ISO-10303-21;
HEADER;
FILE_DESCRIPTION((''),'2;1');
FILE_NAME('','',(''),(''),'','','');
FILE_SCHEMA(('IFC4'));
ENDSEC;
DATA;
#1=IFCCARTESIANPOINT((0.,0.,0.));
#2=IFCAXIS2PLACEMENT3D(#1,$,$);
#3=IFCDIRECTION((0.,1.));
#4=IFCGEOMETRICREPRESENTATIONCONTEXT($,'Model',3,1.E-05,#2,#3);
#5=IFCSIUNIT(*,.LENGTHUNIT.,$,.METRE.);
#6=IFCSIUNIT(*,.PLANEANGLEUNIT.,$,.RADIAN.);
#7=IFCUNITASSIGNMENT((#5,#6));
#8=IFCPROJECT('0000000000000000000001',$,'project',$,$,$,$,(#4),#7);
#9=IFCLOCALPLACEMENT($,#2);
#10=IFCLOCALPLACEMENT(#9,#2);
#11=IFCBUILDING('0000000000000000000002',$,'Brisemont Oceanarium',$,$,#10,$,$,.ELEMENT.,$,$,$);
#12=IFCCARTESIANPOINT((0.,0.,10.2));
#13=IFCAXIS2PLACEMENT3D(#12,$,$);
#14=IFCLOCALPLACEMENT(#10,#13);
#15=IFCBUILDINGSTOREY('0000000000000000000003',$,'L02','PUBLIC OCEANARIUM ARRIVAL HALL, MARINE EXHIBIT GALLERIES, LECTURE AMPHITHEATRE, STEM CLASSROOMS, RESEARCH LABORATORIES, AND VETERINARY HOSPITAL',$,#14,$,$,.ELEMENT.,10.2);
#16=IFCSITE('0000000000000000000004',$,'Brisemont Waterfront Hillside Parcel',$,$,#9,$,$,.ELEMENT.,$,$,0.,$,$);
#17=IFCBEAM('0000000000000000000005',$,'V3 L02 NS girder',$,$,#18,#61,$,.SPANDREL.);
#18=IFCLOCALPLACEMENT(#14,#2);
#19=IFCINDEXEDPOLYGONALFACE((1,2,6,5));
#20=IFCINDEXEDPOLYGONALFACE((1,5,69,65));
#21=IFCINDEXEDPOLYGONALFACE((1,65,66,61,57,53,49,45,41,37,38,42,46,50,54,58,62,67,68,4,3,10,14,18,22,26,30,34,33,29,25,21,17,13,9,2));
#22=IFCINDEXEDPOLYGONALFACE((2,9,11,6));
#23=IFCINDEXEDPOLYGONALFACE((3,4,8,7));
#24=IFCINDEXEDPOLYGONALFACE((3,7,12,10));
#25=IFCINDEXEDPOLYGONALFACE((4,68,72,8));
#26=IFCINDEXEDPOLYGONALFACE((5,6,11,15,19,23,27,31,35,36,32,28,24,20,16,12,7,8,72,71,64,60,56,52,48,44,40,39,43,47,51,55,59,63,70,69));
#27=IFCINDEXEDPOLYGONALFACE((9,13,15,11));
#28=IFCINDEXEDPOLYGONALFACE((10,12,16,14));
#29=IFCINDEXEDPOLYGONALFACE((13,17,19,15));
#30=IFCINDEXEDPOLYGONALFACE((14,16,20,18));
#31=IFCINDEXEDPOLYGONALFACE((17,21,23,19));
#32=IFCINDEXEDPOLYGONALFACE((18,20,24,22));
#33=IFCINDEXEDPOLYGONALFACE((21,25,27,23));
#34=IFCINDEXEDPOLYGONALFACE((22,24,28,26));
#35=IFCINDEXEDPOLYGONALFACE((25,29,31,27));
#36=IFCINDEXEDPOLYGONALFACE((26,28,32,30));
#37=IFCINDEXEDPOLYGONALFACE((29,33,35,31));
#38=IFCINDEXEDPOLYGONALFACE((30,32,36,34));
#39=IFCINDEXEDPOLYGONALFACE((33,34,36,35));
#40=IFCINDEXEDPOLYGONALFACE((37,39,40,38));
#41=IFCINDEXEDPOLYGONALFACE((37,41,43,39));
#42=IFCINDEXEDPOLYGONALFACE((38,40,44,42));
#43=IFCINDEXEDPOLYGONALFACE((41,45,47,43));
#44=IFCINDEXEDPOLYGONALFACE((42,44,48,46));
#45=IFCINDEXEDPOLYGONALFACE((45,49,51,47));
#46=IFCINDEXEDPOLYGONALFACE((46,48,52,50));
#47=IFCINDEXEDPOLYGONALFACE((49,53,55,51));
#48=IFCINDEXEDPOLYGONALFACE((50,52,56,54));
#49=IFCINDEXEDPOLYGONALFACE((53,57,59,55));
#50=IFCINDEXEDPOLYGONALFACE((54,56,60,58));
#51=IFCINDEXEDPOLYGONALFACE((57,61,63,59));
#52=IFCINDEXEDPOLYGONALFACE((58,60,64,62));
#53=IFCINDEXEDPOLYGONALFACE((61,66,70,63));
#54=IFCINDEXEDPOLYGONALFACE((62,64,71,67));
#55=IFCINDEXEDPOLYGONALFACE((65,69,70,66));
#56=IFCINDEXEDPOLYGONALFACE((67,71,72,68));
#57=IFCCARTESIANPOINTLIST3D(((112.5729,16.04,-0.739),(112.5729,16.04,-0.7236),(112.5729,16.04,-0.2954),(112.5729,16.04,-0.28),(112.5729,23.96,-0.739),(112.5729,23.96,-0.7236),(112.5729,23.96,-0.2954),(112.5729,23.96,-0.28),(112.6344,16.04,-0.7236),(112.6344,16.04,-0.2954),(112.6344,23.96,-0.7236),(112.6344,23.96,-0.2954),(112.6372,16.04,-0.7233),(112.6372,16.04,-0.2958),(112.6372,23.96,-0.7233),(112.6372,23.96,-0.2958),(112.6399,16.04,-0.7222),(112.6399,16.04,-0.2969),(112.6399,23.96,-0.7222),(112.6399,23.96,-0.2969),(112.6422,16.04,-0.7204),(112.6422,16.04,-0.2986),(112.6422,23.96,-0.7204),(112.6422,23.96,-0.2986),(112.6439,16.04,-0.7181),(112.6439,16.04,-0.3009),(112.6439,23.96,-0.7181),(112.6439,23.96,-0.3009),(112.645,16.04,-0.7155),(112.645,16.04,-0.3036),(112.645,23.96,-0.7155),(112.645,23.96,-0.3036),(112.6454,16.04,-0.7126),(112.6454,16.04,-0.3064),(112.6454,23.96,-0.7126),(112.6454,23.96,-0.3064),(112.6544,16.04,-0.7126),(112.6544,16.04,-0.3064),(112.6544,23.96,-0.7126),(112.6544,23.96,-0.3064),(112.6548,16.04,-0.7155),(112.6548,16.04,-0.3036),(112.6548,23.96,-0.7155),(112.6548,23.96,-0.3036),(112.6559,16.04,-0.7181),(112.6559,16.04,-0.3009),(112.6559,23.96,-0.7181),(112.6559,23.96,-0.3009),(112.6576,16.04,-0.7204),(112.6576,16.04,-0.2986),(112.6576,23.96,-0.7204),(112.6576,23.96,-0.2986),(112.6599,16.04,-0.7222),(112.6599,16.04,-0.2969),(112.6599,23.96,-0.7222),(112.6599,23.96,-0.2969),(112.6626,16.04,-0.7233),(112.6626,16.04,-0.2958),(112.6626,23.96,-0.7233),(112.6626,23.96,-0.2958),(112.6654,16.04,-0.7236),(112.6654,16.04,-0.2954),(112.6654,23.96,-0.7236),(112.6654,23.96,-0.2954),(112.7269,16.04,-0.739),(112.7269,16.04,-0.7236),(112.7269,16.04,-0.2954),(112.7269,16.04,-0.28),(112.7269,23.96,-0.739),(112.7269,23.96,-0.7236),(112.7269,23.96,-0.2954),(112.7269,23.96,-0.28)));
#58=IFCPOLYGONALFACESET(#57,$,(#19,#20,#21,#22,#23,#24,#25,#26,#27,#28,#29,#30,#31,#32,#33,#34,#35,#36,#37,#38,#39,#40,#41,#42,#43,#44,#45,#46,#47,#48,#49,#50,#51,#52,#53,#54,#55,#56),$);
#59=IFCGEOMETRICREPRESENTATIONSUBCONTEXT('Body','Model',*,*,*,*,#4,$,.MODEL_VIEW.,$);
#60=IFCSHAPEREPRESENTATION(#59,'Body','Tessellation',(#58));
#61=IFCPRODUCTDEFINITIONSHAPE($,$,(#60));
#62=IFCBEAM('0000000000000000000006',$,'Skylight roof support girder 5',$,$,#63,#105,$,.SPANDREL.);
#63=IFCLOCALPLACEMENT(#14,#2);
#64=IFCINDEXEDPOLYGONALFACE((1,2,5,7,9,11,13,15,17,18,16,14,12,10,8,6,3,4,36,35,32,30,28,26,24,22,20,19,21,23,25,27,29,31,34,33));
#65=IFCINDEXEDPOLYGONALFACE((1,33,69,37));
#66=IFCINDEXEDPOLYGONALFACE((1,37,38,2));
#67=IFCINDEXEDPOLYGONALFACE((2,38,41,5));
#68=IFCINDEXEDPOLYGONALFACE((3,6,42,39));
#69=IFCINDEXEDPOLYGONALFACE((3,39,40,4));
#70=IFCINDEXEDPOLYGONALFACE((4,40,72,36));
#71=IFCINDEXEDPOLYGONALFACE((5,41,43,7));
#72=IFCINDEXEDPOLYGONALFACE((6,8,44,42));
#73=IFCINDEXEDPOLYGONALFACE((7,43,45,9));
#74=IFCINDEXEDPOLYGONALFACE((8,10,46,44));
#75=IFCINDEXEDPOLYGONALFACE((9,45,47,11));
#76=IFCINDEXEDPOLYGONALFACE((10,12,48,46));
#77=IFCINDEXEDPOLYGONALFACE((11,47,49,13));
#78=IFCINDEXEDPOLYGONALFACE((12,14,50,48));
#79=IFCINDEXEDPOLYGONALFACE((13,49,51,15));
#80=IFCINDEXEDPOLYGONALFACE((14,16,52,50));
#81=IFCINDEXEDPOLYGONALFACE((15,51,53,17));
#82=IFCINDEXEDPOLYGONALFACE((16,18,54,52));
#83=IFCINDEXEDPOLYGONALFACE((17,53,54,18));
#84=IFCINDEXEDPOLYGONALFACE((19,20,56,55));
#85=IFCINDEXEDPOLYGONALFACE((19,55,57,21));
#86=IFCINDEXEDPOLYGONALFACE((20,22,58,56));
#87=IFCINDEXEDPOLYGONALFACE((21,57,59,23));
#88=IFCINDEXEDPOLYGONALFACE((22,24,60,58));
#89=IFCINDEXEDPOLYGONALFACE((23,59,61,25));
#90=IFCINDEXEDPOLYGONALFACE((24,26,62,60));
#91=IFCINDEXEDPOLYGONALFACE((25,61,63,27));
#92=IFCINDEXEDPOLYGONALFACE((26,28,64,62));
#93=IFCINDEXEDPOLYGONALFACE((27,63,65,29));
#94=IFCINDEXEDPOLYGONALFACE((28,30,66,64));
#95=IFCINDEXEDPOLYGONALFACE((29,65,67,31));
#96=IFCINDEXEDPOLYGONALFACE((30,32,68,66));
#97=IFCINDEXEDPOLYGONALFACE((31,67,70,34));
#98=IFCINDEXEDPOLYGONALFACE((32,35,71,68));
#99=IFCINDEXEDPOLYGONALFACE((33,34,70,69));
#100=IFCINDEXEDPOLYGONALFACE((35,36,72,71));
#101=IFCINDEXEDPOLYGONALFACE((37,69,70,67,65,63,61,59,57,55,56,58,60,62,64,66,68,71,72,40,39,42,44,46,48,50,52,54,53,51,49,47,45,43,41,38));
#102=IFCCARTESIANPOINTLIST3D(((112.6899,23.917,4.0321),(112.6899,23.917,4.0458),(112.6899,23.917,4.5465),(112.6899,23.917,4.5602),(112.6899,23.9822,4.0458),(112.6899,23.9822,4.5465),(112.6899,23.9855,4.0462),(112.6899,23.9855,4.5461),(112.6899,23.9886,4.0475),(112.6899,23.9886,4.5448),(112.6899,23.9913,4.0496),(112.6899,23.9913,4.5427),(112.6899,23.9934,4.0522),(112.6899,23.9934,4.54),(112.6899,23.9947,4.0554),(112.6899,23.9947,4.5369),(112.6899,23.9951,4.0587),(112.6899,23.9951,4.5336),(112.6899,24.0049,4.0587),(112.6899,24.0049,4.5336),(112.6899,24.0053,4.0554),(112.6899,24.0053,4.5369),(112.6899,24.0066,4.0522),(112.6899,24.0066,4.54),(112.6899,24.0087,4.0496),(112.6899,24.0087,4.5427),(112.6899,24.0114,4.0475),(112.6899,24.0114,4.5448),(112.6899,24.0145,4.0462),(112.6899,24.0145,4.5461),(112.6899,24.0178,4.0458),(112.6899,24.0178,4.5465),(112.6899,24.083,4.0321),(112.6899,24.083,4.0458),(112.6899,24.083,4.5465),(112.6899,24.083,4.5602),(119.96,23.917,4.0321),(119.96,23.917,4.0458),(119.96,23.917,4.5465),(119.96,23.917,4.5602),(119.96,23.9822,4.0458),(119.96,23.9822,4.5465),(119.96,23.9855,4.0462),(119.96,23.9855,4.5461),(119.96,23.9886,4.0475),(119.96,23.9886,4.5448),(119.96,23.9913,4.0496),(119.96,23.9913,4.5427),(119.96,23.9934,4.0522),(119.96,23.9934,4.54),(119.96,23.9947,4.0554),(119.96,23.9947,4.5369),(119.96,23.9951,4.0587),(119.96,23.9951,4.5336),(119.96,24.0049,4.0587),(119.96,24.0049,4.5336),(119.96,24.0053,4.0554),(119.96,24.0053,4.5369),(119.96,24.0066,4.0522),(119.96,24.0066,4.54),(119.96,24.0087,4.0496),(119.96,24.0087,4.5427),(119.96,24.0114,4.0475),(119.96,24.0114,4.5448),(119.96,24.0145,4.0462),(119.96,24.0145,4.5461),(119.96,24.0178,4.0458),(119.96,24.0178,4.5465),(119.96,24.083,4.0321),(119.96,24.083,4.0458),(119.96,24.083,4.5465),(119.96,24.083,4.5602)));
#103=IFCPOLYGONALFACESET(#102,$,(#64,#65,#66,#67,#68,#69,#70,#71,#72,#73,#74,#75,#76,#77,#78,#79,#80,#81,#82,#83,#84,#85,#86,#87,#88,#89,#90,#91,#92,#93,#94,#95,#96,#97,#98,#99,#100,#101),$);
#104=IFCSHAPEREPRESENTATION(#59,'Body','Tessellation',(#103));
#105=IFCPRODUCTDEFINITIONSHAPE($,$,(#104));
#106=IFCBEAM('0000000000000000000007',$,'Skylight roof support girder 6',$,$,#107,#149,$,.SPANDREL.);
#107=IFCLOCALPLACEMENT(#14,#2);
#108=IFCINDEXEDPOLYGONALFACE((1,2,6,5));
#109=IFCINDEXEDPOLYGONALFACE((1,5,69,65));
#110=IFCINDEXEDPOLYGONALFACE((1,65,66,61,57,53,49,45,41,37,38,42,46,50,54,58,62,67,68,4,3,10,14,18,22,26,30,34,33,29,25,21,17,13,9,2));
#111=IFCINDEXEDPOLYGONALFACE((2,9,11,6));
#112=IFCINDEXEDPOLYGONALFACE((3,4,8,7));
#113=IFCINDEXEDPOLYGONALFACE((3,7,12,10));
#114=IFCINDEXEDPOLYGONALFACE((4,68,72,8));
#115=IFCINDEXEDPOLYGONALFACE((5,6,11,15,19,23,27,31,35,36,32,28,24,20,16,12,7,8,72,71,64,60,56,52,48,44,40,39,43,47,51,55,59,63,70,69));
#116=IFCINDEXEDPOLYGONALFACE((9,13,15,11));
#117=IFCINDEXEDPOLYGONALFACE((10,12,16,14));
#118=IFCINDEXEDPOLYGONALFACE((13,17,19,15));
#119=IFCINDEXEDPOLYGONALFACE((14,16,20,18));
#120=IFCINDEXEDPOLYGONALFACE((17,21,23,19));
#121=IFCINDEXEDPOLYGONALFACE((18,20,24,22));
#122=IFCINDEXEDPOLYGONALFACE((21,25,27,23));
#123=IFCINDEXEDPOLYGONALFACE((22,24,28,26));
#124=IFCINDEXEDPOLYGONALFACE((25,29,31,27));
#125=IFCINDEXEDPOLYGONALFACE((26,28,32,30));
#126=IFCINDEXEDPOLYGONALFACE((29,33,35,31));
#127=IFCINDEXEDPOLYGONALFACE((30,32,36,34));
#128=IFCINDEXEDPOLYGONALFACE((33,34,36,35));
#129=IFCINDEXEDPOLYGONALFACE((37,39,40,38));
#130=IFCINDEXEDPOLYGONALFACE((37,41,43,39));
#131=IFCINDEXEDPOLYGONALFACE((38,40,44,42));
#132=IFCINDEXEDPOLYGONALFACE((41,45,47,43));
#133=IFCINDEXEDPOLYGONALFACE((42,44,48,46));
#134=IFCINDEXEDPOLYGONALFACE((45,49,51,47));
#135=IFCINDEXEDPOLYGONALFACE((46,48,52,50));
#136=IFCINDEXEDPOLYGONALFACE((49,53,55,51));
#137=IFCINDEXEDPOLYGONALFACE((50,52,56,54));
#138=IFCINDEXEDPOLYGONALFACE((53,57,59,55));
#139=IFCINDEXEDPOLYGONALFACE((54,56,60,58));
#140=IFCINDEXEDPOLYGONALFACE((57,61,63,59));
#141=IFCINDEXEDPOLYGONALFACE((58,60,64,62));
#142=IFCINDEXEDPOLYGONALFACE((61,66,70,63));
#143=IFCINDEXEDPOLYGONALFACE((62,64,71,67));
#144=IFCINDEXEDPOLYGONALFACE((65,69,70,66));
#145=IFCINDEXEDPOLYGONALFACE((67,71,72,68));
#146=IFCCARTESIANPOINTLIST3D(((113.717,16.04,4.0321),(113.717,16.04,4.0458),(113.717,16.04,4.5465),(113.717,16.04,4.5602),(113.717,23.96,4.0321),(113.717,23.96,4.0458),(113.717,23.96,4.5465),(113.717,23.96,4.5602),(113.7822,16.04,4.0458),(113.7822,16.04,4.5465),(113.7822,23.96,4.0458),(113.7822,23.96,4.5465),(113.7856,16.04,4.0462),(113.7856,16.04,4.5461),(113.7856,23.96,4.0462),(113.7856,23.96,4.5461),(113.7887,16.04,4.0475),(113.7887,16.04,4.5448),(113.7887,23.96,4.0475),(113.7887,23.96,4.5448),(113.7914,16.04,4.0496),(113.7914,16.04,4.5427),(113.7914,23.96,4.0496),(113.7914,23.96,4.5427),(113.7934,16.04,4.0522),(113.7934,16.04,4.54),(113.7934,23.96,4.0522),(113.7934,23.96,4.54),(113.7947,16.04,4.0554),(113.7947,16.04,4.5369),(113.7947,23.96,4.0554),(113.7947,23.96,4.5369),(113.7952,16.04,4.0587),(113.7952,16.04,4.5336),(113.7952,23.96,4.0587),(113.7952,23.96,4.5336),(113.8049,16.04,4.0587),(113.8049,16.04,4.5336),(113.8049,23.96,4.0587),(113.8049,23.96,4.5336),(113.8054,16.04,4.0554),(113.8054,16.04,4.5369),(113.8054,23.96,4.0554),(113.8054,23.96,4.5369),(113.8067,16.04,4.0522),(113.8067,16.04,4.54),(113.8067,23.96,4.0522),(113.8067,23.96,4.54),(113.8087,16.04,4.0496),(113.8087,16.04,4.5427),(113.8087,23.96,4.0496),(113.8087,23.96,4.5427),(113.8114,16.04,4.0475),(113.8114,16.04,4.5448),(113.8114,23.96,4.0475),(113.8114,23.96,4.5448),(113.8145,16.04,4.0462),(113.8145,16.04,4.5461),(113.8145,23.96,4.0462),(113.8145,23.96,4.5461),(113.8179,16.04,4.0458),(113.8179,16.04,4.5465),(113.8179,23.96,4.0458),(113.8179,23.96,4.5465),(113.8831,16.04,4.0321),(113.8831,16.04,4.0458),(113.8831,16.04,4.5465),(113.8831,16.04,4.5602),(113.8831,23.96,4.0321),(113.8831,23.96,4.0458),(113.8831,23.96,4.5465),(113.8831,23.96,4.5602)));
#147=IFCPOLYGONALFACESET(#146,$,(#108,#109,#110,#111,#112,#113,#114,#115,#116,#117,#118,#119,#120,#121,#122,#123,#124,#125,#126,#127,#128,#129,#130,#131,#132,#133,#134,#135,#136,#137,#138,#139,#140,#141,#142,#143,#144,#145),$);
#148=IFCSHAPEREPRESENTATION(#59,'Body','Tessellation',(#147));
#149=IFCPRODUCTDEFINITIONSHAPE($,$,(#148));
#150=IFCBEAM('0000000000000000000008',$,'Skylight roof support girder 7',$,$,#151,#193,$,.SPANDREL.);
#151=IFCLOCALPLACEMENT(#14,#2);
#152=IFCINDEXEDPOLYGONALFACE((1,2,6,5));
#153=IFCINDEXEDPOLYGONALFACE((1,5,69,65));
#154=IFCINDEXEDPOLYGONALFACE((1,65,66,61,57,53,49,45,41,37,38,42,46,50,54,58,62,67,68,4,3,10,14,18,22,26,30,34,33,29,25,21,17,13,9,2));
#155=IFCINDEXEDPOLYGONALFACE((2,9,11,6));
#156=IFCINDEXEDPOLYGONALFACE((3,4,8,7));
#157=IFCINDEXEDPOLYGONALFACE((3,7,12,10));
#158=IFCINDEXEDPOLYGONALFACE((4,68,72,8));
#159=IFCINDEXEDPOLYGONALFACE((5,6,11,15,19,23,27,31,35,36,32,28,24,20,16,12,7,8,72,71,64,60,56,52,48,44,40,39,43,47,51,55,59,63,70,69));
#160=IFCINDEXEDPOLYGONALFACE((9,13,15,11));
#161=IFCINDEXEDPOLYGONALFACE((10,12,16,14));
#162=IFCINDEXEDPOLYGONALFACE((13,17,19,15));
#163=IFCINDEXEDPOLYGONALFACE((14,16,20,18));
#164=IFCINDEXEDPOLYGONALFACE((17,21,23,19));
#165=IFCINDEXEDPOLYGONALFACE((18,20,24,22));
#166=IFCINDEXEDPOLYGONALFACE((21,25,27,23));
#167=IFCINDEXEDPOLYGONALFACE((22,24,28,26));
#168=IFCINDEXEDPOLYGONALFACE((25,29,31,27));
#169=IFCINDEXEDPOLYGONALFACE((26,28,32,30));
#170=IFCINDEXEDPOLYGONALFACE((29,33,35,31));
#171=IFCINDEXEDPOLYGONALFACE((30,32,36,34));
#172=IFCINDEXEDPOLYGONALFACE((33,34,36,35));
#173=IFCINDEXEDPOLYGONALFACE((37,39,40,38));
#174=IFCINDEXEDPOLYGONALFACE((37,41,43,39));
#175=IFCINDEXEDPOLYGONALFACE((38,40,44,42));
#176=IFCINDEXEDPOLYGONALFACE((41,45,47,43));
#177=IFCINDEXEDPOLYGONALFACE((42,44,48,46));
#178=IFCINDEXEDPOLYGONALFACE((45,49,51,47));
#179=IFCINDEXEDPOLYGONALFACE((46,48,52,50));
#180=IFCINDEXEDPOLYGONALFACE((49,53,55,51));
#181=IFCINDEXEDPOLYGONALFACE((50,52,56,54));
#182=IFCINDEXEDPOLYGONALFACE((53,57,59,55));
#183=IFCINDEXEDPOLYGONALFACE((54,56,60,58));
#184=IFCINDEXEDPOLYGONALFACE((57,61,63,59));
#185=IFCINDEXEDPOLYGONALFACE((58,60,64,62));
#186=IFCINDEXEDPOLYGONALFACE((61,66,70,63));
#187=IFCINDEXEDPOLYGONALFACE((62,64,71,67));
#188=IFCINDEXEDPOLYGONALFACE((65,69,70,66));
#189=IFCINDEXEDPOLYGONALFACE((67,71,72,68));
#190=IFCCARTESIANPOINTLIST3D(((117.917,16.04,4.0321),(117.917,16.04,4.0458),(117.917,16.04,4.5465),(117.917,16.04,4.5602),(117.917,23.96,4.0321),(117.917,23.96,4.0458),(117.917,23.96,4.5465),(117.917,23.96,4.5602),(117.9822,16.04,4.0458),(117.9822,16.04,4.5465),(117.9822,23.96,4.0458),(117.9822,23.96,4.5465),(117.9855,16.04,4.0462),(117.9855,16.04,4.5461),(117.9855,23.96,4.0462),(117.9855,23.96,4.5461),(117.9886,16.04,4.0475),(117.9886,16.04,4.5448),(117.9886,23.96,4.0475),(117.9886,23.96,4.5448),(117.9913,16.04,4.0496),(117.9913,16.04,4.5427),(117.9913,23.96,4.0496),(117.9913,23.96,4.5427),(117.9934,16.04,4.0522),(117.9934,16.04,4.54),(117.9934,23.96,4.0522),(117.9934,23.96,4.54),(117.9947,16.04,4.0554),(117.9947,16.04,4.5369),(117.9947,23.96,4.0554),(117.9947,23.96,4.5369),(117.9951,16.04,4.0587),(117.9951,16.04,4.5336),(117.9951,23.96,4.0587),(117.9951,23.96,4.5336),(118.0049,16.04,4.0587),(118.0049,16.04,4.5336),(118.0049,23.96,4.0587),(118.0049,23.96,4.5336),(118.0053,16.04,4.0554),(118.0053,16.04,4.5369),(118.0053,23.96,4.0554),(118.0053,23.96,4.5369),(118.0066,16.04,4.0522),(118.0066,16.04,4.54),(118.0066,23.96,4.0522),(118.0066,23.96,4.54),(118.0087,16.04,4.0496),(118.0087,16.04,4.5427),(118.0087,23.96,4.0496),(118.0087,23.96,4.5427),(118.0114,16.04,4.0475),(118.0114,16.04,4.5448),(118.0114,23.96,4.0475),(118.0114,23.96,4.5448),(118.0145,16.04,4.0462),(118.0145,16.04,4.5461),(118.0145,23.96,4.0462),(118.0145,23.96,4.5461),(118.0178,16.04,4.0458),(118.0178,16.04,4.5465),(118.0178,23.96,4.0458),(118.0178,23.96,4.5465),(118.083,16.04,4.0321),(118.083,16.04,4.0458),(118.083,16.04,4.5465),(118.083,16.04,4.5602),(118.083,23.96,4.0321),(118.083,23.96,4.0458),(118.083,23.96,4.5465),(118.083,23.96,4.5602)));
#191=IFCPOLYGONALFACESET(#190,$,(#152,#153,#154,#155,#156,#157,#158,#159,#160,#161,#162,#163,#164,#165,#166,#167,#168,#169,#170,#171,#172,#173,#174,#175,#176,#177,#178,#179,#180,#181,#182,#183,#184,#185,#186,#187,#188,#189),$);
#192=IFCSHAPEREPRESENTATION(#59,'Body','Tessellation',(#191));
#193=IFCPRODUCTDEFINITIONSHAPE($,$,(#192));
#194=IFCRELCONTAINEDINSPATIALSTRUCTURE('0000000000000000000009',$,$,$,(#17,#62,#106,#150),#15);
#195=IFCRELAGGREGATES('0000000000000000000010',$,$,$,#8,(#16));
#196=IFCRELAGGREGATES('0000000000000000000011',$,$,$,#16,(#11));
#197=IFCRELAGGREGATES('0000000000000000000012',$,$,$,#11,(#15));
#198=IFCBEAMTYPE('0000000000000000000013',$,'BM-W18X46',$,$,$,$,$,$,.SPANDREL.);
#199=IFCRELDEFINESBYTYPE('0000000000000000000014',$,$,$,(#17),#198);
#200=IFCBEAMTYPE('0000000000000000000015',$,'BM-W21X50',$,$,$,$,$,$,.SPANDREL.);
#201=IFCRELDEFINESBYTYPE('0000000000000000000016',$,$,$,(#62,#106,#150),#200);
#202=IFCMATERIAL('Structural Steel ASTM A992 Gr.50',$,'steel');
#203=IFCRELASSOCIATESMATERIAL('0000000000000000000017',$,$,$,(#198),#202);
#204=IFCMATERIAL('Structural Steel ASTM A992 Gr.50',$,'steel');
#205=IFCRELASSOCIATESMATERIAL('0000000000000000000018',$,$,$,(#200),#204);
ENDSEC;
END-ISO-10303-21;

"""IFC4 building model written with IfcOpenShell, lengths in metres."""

from ifc_helpers import new_model, si_unit, direction, frame, origin, origin_2d, place, context, subcontext, project, spatial, i_section, extrude, material, material_profile, profile_set, type_object, element, save


model = new_model("IFC4")

# Units and contexts
model_context = context("Model", 3, precision=1e-05, world=origin(), true_north=direction((0.0, 1.0)))
body_context = subcontext(model_context, "Body", "Model", "MODEL_VIEW")
ifc_project = project(units=[si_unit("LENGTHUNIT", "METRE"), si_unit("PLANEANGLEUNIT", "RADIAN")], contexts=[model_context])

# Site, building, storey
site_placement = place(None, origin())
site = spatial("IfcSite", under=ifc_project, at=site_placement, Name="Brisemont Waterfront Hillside Parcel", CompositionType="ELEMENT", RefElevation=0.0)
building_placement = place(site_placement, origin())
building = spatial("IfcBuilding", under=site, at=building_placement, Name="Brisemont Oceanarium", CompositionType="ELEMENT")
storey_placement = place(building_placement, frame((0.0, 0.0, 10.2)))
storey = spatial("IfcBuildingStorey", under=building, at=storey_placement, Name="L02", Description="PUBLIC OCEANARIUM ARRIVAL HALL, MARINE EXHIBIT GALLERIES, LECTURE AMPHITHEATRE, STEM CLASSROOMS, RESEARCH LABORATORIES, AND VETERINARY HOSPITAL", CompositionType="ELEMENT", Elevation=10.2)

# Beams
ifc_material_1 = material(Name="Structural Steel ASTM A992 Gr.50", Category="steel")
ifc_material_profile_1 = material_profile(ifc_material_1, i_section(OverallWidth=0.1541, OverallDepth=0.459, WebThickness=0.009, FlangeThickness=0.0154, FilletRadius=0.011, at=origin_2d()), Name="W18X46")
ifc_profile_set_1 = profile_set([ifc_material_profile_1], Name="Structural Steel ASTM A992 Gr.50")
beam_type_1 = type_object("IfcBeamType", Name="BM-W18X46", PredefinedType="SPANDREL", material=ifc_profile_set_1)
beam_1_placement = place(storey_placement, frame((112.6499, 16.04, -0.5095), z_axis=(0.0, 1.0, 0.0), x_axis=(-1.0, 0.0, 0.0)))
element("IfcBeam", 1, at=beam_1_placement, inside=storey, type_object=beam_type_1, Name="V3 L02 NS girder", PredefinedType="SPANDREL", context=body_context, shape_type="SweptSolid", body=[
    extrude(i_section(OverallWidth=0.1541, OverallDepth=0.459, WebThickness=0.009, FlangeThickness=0.0154, FilletRadius=0.011, at=origin_2d()), origin(), (0.0, 0.0, 1.0), 7.9199),
])
ifc_material_2 = material(Name="Structural Steel ASTM A992 Gr.50", Category="steel")
ifc_material_profile_2 = material_profile(ifc_material_2, i_section(OverallWidth=0.166, OverallDepth=0.5281, WebThickness=0.0098, FlangeThickness=0.0137, FilletRadius=0.0129, at=origin_2d()), Name="W21X50")
ifc_profile_set_2 = profile_set([ifc_material_profile_2], Name="Structural Steel ASTM A992 Gr.50")
beam_type_2 = type_object("IfcBeamType", Name="BM-W21X50", PredefinedType="SPANDREL", material=ifc_profile_set_2)
beam_2_placement = place(storey_placement, frame((112.6899, 24.0, 4.2961), z_axis=(1.0, 0.0, 0.0), x_axis=(0.0, 1.0, 0.0)))
element("IfcBeam", 2, at=beam_2_placement, inside=storey, type_object=beam_type_2, Name="Skylight roof support girder 5", PredefinedType="SPANDREL", context=body_context, shape_type="SweptSolid", body=[
    extrude(i_section(OverallWidth=0.166, OverallDepth=0.5281, WebThickness=0.0098, FlangeThickness=0.0137, FilletRadius=0.0129, at=origin_2d()), origin(), (0.0, 0.0, 1.0), 7.27),
])
for number, where, z_axis, x_axis, name in (
    (3, (113.8, 16.04, 4.2961), (0.0, 1.0, 0.0), (-1.0, 0.0, 0.0), "Skylight roof support girder 6"),
    (4, (118.0, 16.04, 4.2961), (0.0, 1.0, 0.0), (-1.0, 0.0, 0.0), "Skylight roof support girder 7"),
):
    element("IfcBeam", number, at=place(storey_placement, frame(where, z_axis=z_axis, x_axis=x_axis)), inside=storey, type_object=beam_type_2, Name=name, PredefinedType="SPANDREL", context=body_context, shape_type="SweptSolid", body=[
        extrude(i_section(OverallWidth=0.166, OverallDepth=0.5281, WebThickness=0.0098, FlangeThickness=0.0137, FilletRadius=0.0129, at=origin_2d()), origin(), (0.0, 0.0, 1.0), 7.9199),
    ])

save(model, "model.ifc")
